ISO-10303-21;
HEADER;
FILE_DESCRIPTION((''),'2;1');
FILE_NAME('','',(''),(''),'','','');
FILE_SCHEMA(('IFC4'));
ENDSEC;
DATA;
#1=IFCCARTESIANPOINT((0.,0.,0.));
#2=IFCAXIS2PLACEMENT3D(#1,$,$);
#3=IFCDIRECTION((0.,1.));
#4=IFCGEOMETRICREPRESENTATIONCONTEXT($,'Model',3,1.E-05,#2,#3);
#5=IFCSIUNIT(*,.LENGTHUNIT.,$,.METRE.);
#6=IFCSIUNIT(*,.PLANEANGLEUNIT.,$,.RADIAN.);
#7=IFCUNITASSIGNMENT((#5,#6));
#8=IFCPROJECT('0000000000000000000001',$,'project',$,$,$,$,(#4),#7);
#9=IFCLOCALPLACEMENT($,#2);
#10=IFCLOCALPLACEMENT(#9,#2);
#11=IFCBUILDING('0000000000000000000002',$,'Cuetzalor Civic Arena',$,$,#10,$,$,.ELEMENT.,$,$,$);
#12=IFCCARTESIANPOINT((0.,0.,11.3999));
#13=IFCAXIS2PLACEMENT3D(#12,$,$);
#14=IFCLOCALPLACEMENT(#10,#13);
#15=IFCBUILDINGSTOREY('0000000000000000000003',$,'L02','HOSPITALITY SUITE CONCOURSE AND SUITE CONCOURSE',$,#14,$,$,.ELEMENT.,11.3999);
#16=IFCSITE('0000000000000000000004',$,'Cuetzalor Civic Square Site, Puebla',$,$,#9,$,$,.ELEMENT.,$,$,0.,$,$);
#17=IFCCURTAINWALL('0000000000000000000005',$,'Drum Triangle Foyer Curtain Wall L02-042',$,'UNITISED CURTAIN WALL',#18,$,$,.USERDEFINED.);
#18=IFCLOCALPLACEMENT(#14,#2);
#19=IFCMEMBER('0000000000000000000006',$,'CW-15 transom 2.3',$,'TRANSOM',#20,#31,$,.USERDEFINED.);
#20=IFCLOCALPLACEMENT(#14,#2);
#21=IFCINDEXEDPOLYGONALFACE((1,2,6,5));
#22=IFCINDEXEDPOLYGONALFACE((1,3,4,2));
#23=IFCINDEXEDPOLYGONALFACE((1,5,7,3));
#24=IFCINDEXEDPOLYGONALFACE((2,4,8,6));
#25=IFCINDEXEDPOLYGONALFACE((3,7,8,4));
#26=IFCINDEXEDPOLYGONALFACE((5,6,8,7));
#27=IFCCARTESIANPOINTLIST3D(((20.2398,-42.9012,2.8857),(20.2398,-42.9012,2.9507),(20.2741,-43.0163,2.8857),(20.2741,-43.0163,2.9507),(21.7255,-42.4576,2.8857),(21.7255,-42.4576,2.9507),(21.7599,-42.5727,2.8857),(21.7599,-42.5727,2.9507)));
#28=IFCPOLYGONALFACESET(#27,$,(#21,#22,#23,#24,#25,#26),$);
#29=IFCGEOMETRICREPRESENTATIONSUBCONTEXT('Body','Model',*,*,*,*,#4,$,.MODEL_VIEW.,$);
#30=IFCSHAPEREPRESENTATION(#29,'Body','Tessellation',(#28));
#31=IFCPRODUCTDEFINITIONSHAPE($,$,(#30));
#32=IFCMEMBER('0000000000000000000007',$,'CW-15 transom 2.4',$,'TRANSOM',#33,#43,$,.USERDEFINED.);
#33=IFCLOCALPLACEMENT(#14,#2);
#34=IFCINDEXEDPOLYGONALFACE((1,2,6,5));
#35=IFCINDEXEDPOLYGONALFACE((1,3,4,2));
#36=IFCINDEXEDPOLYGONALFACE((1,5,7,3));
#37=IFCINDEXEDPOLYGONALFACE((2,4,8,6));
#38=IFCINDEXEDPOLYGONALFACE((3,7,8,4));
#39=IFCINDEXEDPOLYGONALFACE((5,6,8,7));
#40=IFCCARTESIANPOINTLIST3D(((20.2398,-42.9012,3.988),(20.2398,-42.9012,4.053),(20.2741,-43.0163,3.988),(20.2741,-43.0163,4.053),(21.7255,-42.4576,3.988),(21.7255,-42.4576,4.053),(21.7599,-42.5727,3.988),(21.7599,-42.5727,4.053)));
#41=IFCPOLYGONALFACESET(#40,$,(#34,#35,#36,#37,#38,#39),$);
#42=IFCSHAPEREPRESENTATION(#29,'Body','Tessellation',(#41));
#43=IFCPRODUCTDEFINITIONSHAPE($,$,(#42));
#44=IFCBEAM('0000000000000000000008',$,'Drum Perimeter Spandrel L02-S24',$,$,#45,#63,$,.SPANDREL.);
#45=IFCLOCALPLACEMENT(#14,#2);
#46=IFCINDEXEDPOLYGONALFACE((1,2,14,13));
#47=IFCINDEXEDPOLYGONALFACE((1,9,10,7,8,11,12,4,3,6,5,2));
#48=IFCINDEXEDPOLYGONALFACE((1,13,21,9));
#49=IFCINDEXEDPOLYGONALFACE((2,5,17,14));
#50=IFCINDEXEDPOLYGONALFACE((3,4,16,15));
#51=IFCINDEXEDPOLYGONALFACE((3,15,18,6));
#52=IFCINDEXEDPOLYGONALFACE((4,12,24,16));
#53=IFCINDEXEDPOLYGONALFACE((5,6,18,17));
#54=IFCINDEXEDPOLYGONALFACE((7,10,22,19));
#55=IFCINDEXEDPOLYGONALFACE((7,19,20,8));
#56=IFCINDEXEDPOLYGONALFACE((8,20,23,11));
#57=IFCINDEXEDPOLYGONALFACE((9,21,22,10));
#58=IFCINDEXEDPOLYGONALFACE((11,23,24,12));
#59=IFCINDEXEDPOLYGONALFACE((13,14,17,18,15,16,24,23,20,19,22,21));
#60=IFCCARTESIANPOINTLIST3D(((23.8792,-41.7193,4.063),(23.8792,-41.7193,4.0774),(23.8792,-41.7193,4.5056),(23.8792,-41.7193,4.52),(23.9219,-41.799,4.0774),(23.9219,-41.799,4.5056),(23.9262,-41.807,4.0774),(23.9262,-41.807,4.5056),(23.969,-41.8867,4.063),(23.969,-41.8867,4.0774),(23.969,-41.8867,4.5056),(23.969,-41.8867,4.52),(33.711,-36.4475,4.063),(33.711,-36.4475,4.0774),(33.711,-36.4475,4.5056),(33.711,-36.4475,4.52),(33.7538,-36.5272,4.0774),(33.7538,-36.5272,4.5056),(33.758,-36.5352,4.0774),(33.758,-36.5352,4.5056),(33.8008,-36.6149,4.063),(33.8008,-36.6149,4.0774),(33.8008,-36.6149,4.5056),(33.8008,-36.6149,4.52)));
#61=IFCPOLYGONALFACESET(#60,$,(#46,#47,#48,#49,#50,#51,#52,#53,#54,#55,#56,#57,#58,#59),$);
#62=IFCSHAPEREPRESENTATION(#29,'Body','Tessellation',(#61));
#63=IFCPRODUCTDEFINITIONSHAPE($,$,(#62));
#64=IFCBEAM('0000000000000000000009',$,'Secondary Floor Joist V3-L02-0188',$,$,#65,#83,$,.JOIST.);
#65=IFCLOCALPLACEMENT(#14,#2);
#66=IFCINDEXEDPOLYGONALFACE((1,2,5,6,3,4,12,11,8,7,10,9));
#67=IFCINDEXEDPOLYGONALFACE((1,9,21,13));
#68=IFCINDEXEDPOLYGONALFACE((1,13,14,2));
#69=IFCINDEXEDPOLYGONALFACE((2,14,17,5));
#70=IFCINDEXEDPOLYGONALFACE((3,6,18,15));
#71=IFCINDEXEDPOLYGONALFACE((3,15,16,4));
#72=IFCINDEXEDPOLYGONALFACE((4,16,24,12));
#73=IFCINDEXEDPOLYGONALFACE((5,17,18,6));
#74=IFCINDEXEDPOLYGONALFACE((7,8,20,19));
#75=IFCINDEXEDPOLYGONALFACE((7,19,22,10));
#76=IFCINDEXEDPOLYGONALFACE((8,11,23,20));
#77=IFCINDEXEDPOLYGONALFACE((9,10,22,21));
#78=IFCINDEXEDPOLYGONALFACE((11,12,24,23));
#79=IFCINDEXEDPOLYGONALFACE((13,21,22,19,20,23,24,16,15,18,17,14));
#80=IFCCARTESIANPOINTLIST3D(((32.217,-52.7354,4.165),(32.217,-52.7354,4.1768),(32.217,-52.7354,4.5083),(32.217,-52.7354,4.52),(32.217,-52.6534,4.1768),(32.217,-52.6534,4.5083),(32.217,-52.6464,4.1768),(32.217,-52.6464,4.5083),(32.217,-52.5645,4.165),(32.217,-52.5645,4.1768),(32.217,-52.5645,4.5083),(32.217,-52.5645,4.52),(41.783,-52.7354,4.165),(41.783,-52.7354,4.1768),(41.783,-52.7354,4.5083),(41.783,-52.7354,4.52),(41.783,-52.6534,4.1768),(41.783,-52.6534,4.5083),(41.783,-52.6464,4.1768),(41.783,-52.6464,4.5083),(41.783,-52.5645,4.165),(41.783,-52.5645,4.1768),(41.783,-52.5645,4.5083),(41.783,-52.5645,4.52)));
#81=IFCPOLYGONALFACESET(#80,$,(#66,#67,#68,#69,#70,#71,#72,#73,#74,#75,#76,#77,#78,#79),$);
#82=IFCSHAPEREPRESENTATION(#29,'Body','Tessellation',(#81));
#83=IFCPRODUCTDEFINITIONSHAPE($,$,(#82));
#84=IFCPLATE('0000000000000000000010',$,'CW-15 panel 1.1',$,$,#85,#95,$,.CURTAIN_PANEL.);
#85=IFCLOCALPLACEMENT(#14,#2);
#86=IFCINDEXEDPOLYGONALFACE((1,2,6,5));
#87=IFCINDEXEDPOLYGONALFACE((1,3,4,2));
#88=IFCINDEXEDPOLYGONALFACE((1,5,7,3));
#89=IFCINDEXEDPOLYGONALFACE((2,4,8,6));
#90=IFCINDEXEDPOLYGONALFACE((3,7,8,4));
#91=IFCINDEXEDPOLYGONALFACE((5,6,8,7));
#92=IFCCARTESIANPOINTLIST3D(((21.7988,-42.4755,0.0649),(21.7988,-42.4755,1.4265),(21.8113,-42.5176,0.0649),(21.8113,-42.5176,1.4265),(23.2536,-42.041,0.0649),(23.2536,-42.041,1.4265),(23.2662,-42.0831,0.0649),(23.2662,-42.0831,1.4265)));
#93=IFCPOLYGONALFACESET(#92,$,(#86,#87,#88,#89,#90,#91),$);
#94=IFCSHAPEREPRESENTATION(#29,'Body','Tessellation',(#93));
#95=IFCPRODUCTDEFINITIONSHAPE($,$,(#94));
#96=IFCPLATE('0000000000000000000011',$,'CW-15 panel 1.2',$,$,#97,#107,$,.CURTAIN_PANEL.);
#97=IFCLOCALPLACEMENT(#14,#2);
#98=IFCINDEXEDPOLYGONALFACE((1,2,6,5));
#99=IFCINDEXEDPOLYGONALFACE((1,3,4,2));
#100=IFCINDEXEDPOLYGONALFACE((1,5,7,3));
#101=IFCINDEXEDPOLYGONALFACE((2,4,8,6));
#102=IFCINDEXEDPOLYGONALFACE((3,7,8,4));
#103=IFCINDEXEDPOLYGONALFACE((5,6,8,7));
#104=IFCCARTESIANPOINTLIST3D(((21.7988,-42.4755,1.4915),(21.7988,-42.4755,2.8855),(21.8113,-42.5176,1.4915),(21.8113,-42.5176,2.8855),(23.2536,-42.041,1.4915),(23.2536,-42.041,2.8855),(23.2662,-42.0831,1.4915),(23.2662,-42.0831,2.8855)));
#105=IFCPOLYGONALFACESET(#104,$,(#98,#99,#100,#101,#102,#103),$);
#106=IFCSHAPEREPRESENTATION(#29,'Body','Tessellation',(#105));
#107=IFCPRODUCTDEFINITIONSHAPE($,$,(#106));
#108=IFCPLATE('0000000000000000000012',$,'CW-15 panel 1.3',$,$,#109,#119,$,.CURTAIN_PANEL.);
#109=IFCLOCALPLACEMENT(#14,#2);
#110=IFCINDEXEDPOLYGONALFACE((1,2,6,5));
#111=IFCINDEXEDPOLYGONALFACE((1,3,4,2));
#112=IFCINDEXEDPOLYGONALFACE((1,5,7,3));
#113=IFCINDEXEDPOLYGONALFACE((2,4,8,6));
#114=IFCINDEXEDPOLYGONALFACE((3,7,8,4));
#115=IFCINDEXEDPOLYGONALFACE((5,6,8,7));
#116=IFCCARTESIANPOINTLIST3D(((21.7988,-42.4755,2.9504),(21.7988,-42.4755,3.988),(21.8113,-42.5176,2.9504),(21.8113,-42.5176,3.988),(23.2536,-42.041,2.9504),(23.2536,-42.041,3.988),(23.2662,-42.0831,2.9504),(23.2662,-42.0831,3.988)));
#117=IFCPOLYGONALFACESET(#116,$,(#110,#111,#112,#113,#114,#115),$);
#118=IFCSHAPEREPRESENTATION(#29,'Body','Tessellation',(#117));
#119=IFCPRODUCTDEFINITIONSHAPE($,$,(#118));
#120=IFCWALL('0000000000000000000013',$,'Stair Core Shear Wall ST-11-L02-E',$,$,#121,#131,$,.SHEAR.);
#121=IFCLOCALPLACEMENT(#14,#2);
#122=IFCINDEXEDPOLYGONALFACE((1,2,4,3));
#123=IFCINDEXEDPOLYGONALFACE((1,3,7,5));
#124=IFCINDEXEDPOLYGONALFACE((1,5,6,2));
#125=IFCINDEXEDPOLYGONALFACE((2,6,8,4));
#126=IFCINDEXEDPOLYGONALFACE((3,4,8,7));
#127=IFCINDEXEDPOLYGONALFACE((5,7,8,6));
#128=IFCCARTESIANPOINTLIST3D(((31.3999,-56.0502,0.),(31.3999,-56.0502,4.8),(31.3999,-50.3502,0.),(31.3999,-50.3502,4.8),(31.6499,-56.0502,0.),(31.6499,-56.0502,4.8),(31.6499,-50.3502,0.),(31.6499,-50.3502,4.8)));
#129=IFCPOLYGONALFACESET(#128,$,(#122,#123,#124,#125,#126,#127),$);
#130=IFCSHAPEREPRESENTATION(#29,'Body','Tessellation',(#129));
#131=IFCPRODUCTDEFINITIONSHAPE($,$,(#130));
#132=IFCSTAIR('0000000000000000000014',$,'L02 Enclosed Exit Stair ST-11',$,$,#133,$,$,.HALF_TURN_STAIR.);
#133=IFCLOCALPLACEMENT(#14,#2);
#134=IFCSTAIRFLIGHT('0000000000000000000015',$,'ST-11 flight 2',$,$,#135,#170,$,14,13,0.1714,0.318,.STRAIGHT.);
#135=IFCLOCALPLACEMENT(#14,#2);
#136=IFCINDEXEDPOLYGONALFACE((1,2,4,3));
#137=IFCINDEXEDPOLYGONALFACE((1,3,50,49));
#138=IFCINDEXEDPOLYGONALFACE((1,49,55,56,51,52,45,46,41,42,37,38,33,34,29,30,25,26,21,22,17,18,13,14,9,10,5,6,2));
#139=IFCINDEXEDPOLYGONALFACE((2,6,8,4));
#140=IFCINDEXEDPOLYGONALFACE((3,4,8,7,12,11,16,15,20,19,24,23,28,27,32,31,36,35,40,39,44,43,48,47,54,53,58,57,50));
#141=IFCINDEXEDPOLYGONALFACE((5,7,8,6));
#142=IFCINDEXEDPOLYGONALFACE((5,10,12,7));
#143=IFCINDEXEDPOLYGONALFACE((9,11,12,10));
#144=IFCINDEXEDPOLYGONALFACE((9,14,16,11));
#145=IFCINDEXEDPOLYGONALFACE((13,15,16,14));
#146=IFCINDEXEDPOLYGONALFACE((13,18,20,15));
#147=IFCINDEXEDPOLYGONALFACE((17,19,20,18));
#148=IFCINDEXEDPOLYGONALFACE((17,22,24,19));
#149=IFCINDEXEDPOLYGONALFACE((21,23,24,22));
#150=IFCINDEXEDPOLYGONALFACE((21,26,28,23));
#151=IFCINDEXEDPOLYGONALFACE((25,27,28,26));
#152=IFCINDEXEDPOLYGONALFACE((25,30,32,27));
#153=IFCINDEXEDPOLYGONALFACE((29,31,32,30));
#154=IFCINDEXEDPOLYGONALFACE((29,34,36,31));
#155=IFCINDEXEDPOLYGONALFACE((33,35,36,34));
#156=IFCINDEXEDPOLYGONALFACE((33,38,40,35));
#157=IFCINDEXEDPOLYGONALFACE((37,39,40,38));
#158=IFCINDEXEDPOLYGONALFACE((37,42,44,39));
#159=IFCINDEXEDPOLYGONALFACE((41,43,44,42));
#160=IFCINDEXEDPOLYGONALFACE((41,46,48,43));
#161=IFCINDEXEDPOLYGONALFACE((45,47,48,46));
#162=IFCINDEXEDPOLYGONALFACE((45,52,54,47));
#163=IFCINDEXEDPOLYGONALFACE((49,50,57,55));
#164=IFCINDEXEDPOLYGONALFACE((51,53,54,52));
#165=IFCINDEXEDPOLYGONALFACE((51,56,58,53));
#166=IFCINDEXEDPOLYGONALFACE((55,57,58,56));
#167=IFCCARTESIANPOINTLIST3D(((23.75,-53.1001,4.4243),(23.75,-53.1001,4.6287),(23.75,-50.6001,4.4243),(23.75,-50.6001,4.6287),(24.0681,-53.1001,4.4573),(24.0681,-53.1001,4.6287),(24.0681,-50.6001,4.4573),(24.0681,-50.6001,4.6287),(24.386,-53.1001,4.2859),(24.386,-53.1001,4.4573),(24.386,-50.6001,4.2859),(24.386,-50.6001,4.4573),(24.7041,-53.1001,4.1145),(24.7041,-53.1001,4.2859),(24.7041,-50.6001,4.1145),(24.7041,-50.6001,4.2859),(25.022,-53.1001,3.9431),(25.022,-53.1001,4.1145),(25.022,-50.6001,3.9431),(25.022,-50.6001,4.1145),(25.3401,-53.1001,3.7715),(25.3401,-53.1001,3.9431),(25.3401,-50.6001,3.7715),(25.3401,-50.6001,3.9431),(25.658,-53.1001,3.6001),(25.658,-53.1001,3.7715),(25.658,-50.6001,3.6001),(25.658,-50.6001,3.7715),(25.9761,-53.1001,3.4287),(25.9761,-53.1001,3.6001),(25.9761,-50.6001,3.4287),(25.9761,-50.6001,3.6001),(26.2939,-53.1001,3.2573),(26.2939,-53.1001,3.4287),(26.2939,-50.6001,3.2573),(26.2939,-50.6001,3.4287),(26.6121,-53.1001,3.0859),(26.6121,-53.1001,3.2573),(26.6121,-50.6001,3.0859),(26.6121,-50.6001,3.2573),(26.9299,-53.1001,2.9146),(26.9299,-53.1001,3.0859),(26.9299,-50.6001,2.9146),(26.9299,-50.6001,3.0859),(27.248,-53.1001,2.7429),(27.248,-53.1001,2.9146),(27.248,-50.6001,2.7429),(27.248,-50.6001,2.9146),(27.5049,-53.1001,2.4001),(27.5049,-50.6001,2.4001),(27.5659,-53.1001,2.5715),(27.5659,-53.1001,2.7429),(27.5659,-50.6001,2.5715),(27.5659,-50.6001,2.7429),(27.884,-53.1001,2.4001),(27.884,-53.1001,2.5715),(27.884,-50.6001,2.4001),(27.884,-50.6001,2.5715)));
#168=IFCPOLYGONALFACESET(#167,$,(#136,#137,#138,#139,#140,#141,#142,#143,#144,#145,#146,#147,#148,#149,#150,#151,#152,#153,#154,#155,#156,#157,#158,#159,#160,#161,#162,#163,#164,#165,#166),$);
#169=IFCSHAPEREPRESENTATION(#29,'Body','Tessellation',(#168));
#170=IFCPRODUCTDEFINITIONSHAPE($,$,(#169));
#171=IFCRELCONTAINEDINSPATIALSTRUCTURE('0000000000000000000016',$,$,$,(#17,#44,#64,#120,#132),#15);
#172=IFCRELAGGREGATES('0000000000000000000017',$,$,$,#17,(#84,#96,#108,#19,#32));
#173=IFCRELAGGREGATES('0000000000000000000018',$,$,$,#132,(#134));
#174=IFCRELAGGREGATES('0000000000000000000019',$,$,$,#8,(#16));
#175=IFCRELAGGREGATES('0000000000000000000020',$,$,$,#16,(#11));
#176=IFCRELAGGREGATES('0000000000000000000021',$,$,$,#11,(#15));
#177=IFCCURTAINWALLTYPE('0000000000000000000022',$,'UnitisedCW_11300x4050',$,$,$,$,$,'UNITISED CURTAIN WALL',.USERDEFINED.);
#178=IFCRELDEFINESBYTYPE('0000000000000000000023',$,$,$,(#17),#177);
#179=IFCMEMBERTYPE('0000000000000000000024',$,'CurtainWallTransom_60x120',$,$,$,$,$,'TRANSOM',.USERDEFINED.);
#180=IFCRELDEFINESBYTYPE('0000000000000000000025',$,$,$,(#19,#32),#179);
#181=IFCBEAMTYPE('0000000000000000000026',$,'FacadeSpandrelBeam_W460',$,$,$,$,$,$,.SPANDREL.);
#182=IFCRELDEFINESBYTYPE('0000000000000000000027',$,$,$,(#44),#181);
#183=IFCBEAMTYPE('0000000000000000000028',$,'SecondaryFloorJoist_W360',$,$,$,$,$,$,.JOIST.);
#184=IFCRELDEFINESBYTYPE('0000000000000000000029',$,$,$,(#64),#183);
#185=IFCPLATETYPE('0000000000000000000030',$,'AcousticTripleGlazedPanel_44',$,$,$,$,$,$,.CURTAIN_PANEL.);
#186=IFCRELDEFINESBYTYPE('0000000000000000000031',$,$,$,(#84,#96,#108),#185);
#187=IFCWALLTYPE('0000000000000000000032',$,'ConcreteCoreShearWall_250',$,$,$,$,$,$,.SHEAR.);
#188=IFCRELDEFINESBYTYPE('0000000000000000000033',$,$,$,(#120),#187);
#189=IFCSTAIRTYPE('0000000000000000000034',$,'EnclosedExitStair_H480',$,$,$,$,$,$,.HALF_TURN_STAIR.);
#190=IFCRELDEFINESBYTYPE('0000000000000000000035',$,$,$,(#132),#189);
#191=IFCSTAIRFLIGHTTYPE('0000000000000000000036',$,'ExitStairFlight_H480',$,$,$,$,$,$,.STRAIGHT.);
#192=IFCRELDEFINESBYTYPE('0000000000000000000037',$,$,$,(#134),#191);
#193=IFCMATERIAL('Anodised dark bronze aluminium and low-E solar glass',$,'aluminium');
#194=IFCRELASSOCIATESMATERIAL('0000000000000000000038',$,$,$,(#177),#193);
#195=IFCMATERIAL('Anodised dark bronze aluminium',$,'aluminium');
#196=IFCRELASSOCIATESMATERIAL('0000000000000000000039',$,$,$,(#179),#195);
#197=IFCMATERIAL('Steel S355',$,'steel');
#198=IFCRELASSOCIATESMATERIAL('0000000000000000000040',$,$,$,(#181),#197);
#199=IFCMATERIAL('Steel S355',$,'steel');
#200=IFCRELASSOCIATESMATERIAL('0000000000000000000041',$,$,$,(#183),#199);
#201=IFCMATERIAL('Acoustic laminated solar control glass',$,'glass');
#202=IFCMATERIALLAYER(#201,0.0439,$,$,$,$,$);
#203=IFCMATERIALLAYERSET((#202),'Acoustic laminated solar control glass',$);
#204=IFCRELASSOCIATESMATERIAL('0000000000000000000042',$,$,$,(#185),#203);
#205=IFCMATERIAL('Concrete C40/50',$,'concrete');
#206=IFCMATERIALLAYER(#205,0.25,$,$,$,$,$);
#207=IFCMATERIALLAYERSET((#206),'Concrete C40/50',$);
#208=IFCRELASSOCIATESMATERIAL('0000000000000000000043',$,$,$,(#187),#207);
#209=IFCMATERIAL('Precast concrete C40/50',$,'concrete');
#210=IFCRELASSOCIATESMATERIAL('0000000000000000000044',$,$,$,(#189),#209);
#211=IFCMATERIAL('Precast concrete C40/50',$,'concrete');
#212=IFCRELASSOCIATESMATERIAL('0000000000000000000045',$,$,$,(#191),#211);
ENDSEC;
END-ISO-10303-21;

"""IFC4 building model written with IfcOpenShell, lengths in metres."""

from ifc_helpers import new_model, si_unit, direction, frame, frame_2d, origin, origin_2d, place, context, subcontext, project, spatial, polyline, rectangle, i_section, outline, extrude, material, layer, layer_set, material_profile, profile_set, type_object, element, aggregate, save


model = new_model("IFC4")

# Units and contexts
model_context = context("Model", 3, precision=1e-05, world=origin(), true_north=direction((0.0, 1.0)))
body_context = subcontext(model_context, "Body", "Model", "MODEL_VIEW")
ifc_project = project(units=[si_unit("LENGTHUNIT", "METRE"), si_unit("PLANEANGLEUNIT", "RADIAN")], contexts=[model_context])

# Site, building, storey
site_placement = place(None, origin())
site = spatial("IfcSite", under=ifc_project, at=site_placement, Name="Cuetzalor Civic Square Site, Puebla", CompositionType="ELEMENT", RefElevation=0.0)
building_placement = place(site_placement, origin())
building = spatial("IfcBuilding", under=site, at=building_placement, Name="Cuetzalor Civic Arena", CompositionType="ELEMENT")
storey_placement = place(building_placement, frame((0.0, 0.0, 11.3999)))
storey = spatial("IfcBuildingStorey", under=building, at=storey_placement, Name="L02", Description="HOSPITALITY SUITE CONCOURSE AND SUITE CONCOURSE", CompositionType="ELEMENT", Elevation=11.3999)

# Curtain wall, members
ifc_material_1 = material(Name="Anodised dark bronze aluminium and low-E solar glass", Category="aluminium")
curtain_wall_type = type_object("IfcCurtainWallType", Name="UnitisedCW_11300x4050", ElementType="UNITISED CURTAIN WALL", PredefinedType="USERDEFINED", material=ifc_material_1)
curtain_wall_placement = place(storey_placement, origin())
curtain_wall = element("IfcCurtainWall", 1, at=curtain_wall_placement, inside=storey, type_object=curtain_wall_type, Name="Drum Triangle Foyer Curtain Wall L02-042", ObjectType="UNITISED CURTAIN WALL", PredefinedType="USERDEFINED")
ifc_material_2 = material(Name="Anodised dark bronze aluminium", Category="aluminium")
ifc_material_profile_1 = material_profile(ifc_material_2, rectangle(XDim=0.1201, YDim=0.0649, at=origin_2d()), Name="ALU TRANSOM 65x120")
ifc_profile_set_1 = profile_set([ifc_material_profile_1], Name="Anodised dark bronze aluminium")
member_type_1 = type_object("IfcMemberType", Name="CurtainWallTransom_60x120", ElementType="TRANSOM", PredefinedType="USERDEFINED", material=ifc_profile_set_1)
member_1_placement = place(storey_placement, frame((21.7427, -42.5151, 2.9182), z_axis=(-0.958207, -0.286077, 0.0), x_axis=(0.286077, -0.958207, 0.0)))
member_1 = element("IfcMember", 2, at=member_1_placement, type_object=member_type_1, Name="CW-15 transom 2.3", ObjectType="TRANSOM", PredefinedType="USERDEFINED", context=body_context, shape_type="SweptSolid", body=[
    extrude(rectangle(XDim=0.1201, YDim=0.0649, at=origin_2d()), origin(), (0.0, 0.0, 1.0), 1.5505),
])
member_2_placement = place(storey_placement, frame((21.7427, -42.5151, 4.0205), z_axis=(-0.958207, -0.286077, 0.0), x_axis=(0.286077, -0.958207, 0.0)))
member_2 = element("IfcMember", 3, at=member_2_placement, type_object=member_type_1, Name="CW-15 transom 2.4", ObjectType="TRANSOM", PredefinedType="USERDEFINED", context=body_context, shape_type="SweptSolid", body=[
    extrude(rectangle(XDim=0.1201, YDim=0.0649, at=origin_2d()), origin(), (0.0, 0.0, 1.0), 1.5505),
])

# Beams
ifc_material_3 = material(Name="Steel S355", Category="steel")
ifc_material_profile_2 = material_profile(ifc_material_3, i_section(OverallWidth=0.1899, OverallDepth=0.457, WebThickness=0.009, FlangeThickness=0.0144, at=origin_2d()), Name="W460x74")
ifc_profile_set_2 = profile_set([ifc_material_profile_2], Name="Steel S355")
beam_type_1 = type_object("IfcBeamType", Name="FacadeSpandrelBeam_W460", PredefinedType="SPANDREL", material=ifc_profile_set_2)
beam_1_placement = place(storey_placement, frame((23.9241, -41.803, 4.2915), z_axis=(0.881305, 0.472549, 0.0), x_axis=(-0.472549, 0.881305, 0.0)))
element("IfcBeam", 4, at=beam_1_placement, inside=storey, type_object=beam_type_1, Name="Drum Perimeter Spandrel L02-S24", PredefinedType="SPANDREL", context=body_context, shape_type="SweptSolid", body=[
    extrude(i_section(OverallWidth=0.1899, OverallDepth=0.457, WebThickness=0.009, FlangeThickness=0.0144, at=origin_2d()), origin(), (0.0, 0.0, 1.0), 11.156),
])
ifc_material_4 = material(Name="Steel S355", Category="steel")
ifc_material_profile_3 = material_profile(ifc_material_4, i_section(OverallWidth=0.1709, OverallDepth=0.355, WebThickness=0.0071, FlangeThickness=0.0117, at=origin_2d()), Name="W360x51")
ifc_profile_set_3 = profile_set([ifc_material_profile_3], Name="Steel S355")
beam_type_2 = type_object("IfcBeamType", Name="SecondaryFloorJoist_W360", PredefinedType="JOIST", material=ifc_profile_set_3)
beam_2_placement = place(storey_placement, frame((32.217, -52.6499, 4.3425), z_axis=(1.0, 0.0, 0.0), x_axis=(0.0, 1.0, 0.0)))
element("IfcBeam", 5, at=beam_2_placement, inside=storey, type_object=beam_type_2, Name="Secondary Floor Joist V3-L02-0188", PredefinedType="JOIST", context=body_context, shape_type="SweptSolid", body=[
    extrude(i_section(OverallWidth=0.1709, OverallDepth=0.355, WebThickness=0.0071, FlangeThickness=0.0117, at=origin_2d()), origin(), (0.0, 0.0, 1.0), 9.5659),
])

# Plates
ifc_material_5 = material(Name="Acoustic laminated solar control glass", Category="glass")
ifc_layer_1 = layer(ifc_material_5, 0.0439)
ifc_layer_set_1 = layer_set([ifc_layer_1], Name="Acoustic laminated solar control glass")
plate_type = type_object("IfcPlateType", Name="AcousticTripleGlazedPanel_44", PredefinedType="CURTAIN_PANEL", material=ifc_layer_set_1)
plate_1_placement = place(storey_placement, frame((22.5325, -42.2793, 0.0649), z_axis=(0.0, 0.0, 1.0), x_axis=(-0.958194, -0.28612, 0.0)))
plate_1 = element("IfcPlate", 6, at=plate_1_placement, type_object=plate_type, Name="CW-15 panel 1.1", PredefinedType="CURTAIN_PANEL", context=body_context, shape_type="SweptSolid", body=[
    extrude(rectangle(XDim=1.5183, YDim=0.0439, at=origin_2d()), origin(), (0.0, 0.0, 1.0), 1.3616),
])
plate_2_placement = place(storey_placement, frame((22.5325, -42.2793, 1.4915), z_axis=(0.0, 0.0, 1.0), x_axis=(-0.958194, -0.28612, 0.0)))
plate_2 = element("IfcPlate", 7, at=plate_2_placement, type_object=plate_type, Name="CW-15 panel 1.2", PredefinedType="CURTAIN_PANEL", context=body_context, shape_type="SweptSolid", body=[
    extrude(rectangle(XDim=1.5183, YDim=0.0439, at=origin_2d()), origin(), (0.0, 0.0, 1.0), 1.394),
])
plate_3_placement = place(storey_placement, frame((22.5325, -42.2793, 2.9504), z_axis=(0.0, 0.0, 1.0), x_axis=(-0.958194, -0.28612, 0.0)))
plate_3 = element("IfcPlate", 8, at=plate_3_placement, type_object=plate_type, Name="CW-15 panel 1.3", PredefinedType="CURTAIN_PANEL", context=body_context, shape_type="SweptSolid", body=[
    extrude(rectangle(XDim=1.5183, YDim=0.0439, at=origin_2d()), origin(), (0.0, 0.0, 1.0), 1.0376),
])
aggregate(curtain_wall, [plate_1, plate_2, plate_3, member_1, member_2])

# Wall
ifc_material_6 = material(Name="Concrete C40/50", Category="concrete")
ifc_layer_2 = layer(ifc_material_6, 0.25)
ifc_layer_set_2 = layer_set([ifc_layer_2], Name="Concrete C40/50")
wall_type = type_object("IfcWallType", Name="ConcreteCoreShearWall_250", PredefinedType="SHEAR", material=ifc_layer_set_2)
wall_placement = place(storey_placement, frame((31.5249, -50.3501, 0.0), z_axis=(0.0, 0.0, 1.0), x_axis=(0.0, -1.0, 0.0)))
element("IfcWall", 9, at=wall_placement, inside=storey, type_object=wall_type, Name="Stair Core Shear Wall ST-11-L02-E", PredefinedType="SHEAR", context=body_context, shape_type="SweptSolid", body=[
    extrude(rectangle(XDim=5.7, YDim=0.25, at=frame_2d((2.8501, 0.0))), origin(), (0.0, 0.0, 1.0), 4.8),
])

# Stair, stair flight
ifc_material_7 = material(Name="Precast concrete C40/50", Category="concrete")
stair_type = type_object("IfcStairType", Name="EnclosedExitStair_H480", PredefinedType="HALF_TURN_STAIR", material=ifc_material_7)
stair_placement = place(storey_placement, origin())
stair = element("IfcStair", 10, at=stair_placement, inside=storey, type_object=stair_type, Name="L02 Enclosed Exit Stair ST-11", PredefinedType="HALF_TURN_STAIR")
ifc_material_8 = material(Name="Precast concrete C40/50", Category="concrete")
stair_flight_type = type_object("IfcStairFlightType", Name="ExitStairFlight_H480", PredefinedType="STRAIGHT", material=ifc_material_8)
stair_flight_placement = place(storey_placement, frame((27.884, -51.8501, 2.4001), z_axis=(0.0, 0.0, 1.0), x_axis=(-1.0, 0.0, 0.0)))
stair_flight = element("IfcStairFlight", 11, at=stair_flight_placement, type_object=stair_flight_type, Name="ST-11 flight 2", NumberOfRisers=14, NumberOfTreads=13, PredefinedType="STRAIGHT", RiserHeight=0.1714, TreadLength=0.318, context=body_context, shape_type="SweptSolid", body=[
    extrude(outline(polyline([(0.0, 0.0), (0.0, 0.1714), (0.3181, 0.1714), (0.3181, 0.3428), (0.636, 0.3428), (0.636, 0.5144), (0.9541, 0.5144), (0.9541, 0.6858), (1.272, 0.6858), (1.272, 0.8572), (1.5901, 0.8572), (1.5901, 1.0286), (1.908, 1.0286), (1.908, 1.2), (2.2261, 1.2), (2.2261, 1.3713), (2.5439, 1.3713), (2.5439, 1.543), (2.8621, 1.543), (2.8621, 1.7144), (3.1799, 1.7144), (3.1799, 1.8857), (3.498, 1.8857), (3.498, 2.0571), (3.8159, 2.0571), (3.8159, 2.2285), (4.134, 2.2285), (4.134, 2.3999), (4.134, 2.0242), (0.3792, 0.0), (0.0, 0.0)])), frame((0.0, 1.25, 0.0), z_axis=(0.0, -1.0, 0.0), x_axis=(1.0, 0.0, 0.0)), (0.0, 0.0, 1.0), 2.5),
])
aggregate(stair, [stair_flight])

save(model, "model.ifc")
